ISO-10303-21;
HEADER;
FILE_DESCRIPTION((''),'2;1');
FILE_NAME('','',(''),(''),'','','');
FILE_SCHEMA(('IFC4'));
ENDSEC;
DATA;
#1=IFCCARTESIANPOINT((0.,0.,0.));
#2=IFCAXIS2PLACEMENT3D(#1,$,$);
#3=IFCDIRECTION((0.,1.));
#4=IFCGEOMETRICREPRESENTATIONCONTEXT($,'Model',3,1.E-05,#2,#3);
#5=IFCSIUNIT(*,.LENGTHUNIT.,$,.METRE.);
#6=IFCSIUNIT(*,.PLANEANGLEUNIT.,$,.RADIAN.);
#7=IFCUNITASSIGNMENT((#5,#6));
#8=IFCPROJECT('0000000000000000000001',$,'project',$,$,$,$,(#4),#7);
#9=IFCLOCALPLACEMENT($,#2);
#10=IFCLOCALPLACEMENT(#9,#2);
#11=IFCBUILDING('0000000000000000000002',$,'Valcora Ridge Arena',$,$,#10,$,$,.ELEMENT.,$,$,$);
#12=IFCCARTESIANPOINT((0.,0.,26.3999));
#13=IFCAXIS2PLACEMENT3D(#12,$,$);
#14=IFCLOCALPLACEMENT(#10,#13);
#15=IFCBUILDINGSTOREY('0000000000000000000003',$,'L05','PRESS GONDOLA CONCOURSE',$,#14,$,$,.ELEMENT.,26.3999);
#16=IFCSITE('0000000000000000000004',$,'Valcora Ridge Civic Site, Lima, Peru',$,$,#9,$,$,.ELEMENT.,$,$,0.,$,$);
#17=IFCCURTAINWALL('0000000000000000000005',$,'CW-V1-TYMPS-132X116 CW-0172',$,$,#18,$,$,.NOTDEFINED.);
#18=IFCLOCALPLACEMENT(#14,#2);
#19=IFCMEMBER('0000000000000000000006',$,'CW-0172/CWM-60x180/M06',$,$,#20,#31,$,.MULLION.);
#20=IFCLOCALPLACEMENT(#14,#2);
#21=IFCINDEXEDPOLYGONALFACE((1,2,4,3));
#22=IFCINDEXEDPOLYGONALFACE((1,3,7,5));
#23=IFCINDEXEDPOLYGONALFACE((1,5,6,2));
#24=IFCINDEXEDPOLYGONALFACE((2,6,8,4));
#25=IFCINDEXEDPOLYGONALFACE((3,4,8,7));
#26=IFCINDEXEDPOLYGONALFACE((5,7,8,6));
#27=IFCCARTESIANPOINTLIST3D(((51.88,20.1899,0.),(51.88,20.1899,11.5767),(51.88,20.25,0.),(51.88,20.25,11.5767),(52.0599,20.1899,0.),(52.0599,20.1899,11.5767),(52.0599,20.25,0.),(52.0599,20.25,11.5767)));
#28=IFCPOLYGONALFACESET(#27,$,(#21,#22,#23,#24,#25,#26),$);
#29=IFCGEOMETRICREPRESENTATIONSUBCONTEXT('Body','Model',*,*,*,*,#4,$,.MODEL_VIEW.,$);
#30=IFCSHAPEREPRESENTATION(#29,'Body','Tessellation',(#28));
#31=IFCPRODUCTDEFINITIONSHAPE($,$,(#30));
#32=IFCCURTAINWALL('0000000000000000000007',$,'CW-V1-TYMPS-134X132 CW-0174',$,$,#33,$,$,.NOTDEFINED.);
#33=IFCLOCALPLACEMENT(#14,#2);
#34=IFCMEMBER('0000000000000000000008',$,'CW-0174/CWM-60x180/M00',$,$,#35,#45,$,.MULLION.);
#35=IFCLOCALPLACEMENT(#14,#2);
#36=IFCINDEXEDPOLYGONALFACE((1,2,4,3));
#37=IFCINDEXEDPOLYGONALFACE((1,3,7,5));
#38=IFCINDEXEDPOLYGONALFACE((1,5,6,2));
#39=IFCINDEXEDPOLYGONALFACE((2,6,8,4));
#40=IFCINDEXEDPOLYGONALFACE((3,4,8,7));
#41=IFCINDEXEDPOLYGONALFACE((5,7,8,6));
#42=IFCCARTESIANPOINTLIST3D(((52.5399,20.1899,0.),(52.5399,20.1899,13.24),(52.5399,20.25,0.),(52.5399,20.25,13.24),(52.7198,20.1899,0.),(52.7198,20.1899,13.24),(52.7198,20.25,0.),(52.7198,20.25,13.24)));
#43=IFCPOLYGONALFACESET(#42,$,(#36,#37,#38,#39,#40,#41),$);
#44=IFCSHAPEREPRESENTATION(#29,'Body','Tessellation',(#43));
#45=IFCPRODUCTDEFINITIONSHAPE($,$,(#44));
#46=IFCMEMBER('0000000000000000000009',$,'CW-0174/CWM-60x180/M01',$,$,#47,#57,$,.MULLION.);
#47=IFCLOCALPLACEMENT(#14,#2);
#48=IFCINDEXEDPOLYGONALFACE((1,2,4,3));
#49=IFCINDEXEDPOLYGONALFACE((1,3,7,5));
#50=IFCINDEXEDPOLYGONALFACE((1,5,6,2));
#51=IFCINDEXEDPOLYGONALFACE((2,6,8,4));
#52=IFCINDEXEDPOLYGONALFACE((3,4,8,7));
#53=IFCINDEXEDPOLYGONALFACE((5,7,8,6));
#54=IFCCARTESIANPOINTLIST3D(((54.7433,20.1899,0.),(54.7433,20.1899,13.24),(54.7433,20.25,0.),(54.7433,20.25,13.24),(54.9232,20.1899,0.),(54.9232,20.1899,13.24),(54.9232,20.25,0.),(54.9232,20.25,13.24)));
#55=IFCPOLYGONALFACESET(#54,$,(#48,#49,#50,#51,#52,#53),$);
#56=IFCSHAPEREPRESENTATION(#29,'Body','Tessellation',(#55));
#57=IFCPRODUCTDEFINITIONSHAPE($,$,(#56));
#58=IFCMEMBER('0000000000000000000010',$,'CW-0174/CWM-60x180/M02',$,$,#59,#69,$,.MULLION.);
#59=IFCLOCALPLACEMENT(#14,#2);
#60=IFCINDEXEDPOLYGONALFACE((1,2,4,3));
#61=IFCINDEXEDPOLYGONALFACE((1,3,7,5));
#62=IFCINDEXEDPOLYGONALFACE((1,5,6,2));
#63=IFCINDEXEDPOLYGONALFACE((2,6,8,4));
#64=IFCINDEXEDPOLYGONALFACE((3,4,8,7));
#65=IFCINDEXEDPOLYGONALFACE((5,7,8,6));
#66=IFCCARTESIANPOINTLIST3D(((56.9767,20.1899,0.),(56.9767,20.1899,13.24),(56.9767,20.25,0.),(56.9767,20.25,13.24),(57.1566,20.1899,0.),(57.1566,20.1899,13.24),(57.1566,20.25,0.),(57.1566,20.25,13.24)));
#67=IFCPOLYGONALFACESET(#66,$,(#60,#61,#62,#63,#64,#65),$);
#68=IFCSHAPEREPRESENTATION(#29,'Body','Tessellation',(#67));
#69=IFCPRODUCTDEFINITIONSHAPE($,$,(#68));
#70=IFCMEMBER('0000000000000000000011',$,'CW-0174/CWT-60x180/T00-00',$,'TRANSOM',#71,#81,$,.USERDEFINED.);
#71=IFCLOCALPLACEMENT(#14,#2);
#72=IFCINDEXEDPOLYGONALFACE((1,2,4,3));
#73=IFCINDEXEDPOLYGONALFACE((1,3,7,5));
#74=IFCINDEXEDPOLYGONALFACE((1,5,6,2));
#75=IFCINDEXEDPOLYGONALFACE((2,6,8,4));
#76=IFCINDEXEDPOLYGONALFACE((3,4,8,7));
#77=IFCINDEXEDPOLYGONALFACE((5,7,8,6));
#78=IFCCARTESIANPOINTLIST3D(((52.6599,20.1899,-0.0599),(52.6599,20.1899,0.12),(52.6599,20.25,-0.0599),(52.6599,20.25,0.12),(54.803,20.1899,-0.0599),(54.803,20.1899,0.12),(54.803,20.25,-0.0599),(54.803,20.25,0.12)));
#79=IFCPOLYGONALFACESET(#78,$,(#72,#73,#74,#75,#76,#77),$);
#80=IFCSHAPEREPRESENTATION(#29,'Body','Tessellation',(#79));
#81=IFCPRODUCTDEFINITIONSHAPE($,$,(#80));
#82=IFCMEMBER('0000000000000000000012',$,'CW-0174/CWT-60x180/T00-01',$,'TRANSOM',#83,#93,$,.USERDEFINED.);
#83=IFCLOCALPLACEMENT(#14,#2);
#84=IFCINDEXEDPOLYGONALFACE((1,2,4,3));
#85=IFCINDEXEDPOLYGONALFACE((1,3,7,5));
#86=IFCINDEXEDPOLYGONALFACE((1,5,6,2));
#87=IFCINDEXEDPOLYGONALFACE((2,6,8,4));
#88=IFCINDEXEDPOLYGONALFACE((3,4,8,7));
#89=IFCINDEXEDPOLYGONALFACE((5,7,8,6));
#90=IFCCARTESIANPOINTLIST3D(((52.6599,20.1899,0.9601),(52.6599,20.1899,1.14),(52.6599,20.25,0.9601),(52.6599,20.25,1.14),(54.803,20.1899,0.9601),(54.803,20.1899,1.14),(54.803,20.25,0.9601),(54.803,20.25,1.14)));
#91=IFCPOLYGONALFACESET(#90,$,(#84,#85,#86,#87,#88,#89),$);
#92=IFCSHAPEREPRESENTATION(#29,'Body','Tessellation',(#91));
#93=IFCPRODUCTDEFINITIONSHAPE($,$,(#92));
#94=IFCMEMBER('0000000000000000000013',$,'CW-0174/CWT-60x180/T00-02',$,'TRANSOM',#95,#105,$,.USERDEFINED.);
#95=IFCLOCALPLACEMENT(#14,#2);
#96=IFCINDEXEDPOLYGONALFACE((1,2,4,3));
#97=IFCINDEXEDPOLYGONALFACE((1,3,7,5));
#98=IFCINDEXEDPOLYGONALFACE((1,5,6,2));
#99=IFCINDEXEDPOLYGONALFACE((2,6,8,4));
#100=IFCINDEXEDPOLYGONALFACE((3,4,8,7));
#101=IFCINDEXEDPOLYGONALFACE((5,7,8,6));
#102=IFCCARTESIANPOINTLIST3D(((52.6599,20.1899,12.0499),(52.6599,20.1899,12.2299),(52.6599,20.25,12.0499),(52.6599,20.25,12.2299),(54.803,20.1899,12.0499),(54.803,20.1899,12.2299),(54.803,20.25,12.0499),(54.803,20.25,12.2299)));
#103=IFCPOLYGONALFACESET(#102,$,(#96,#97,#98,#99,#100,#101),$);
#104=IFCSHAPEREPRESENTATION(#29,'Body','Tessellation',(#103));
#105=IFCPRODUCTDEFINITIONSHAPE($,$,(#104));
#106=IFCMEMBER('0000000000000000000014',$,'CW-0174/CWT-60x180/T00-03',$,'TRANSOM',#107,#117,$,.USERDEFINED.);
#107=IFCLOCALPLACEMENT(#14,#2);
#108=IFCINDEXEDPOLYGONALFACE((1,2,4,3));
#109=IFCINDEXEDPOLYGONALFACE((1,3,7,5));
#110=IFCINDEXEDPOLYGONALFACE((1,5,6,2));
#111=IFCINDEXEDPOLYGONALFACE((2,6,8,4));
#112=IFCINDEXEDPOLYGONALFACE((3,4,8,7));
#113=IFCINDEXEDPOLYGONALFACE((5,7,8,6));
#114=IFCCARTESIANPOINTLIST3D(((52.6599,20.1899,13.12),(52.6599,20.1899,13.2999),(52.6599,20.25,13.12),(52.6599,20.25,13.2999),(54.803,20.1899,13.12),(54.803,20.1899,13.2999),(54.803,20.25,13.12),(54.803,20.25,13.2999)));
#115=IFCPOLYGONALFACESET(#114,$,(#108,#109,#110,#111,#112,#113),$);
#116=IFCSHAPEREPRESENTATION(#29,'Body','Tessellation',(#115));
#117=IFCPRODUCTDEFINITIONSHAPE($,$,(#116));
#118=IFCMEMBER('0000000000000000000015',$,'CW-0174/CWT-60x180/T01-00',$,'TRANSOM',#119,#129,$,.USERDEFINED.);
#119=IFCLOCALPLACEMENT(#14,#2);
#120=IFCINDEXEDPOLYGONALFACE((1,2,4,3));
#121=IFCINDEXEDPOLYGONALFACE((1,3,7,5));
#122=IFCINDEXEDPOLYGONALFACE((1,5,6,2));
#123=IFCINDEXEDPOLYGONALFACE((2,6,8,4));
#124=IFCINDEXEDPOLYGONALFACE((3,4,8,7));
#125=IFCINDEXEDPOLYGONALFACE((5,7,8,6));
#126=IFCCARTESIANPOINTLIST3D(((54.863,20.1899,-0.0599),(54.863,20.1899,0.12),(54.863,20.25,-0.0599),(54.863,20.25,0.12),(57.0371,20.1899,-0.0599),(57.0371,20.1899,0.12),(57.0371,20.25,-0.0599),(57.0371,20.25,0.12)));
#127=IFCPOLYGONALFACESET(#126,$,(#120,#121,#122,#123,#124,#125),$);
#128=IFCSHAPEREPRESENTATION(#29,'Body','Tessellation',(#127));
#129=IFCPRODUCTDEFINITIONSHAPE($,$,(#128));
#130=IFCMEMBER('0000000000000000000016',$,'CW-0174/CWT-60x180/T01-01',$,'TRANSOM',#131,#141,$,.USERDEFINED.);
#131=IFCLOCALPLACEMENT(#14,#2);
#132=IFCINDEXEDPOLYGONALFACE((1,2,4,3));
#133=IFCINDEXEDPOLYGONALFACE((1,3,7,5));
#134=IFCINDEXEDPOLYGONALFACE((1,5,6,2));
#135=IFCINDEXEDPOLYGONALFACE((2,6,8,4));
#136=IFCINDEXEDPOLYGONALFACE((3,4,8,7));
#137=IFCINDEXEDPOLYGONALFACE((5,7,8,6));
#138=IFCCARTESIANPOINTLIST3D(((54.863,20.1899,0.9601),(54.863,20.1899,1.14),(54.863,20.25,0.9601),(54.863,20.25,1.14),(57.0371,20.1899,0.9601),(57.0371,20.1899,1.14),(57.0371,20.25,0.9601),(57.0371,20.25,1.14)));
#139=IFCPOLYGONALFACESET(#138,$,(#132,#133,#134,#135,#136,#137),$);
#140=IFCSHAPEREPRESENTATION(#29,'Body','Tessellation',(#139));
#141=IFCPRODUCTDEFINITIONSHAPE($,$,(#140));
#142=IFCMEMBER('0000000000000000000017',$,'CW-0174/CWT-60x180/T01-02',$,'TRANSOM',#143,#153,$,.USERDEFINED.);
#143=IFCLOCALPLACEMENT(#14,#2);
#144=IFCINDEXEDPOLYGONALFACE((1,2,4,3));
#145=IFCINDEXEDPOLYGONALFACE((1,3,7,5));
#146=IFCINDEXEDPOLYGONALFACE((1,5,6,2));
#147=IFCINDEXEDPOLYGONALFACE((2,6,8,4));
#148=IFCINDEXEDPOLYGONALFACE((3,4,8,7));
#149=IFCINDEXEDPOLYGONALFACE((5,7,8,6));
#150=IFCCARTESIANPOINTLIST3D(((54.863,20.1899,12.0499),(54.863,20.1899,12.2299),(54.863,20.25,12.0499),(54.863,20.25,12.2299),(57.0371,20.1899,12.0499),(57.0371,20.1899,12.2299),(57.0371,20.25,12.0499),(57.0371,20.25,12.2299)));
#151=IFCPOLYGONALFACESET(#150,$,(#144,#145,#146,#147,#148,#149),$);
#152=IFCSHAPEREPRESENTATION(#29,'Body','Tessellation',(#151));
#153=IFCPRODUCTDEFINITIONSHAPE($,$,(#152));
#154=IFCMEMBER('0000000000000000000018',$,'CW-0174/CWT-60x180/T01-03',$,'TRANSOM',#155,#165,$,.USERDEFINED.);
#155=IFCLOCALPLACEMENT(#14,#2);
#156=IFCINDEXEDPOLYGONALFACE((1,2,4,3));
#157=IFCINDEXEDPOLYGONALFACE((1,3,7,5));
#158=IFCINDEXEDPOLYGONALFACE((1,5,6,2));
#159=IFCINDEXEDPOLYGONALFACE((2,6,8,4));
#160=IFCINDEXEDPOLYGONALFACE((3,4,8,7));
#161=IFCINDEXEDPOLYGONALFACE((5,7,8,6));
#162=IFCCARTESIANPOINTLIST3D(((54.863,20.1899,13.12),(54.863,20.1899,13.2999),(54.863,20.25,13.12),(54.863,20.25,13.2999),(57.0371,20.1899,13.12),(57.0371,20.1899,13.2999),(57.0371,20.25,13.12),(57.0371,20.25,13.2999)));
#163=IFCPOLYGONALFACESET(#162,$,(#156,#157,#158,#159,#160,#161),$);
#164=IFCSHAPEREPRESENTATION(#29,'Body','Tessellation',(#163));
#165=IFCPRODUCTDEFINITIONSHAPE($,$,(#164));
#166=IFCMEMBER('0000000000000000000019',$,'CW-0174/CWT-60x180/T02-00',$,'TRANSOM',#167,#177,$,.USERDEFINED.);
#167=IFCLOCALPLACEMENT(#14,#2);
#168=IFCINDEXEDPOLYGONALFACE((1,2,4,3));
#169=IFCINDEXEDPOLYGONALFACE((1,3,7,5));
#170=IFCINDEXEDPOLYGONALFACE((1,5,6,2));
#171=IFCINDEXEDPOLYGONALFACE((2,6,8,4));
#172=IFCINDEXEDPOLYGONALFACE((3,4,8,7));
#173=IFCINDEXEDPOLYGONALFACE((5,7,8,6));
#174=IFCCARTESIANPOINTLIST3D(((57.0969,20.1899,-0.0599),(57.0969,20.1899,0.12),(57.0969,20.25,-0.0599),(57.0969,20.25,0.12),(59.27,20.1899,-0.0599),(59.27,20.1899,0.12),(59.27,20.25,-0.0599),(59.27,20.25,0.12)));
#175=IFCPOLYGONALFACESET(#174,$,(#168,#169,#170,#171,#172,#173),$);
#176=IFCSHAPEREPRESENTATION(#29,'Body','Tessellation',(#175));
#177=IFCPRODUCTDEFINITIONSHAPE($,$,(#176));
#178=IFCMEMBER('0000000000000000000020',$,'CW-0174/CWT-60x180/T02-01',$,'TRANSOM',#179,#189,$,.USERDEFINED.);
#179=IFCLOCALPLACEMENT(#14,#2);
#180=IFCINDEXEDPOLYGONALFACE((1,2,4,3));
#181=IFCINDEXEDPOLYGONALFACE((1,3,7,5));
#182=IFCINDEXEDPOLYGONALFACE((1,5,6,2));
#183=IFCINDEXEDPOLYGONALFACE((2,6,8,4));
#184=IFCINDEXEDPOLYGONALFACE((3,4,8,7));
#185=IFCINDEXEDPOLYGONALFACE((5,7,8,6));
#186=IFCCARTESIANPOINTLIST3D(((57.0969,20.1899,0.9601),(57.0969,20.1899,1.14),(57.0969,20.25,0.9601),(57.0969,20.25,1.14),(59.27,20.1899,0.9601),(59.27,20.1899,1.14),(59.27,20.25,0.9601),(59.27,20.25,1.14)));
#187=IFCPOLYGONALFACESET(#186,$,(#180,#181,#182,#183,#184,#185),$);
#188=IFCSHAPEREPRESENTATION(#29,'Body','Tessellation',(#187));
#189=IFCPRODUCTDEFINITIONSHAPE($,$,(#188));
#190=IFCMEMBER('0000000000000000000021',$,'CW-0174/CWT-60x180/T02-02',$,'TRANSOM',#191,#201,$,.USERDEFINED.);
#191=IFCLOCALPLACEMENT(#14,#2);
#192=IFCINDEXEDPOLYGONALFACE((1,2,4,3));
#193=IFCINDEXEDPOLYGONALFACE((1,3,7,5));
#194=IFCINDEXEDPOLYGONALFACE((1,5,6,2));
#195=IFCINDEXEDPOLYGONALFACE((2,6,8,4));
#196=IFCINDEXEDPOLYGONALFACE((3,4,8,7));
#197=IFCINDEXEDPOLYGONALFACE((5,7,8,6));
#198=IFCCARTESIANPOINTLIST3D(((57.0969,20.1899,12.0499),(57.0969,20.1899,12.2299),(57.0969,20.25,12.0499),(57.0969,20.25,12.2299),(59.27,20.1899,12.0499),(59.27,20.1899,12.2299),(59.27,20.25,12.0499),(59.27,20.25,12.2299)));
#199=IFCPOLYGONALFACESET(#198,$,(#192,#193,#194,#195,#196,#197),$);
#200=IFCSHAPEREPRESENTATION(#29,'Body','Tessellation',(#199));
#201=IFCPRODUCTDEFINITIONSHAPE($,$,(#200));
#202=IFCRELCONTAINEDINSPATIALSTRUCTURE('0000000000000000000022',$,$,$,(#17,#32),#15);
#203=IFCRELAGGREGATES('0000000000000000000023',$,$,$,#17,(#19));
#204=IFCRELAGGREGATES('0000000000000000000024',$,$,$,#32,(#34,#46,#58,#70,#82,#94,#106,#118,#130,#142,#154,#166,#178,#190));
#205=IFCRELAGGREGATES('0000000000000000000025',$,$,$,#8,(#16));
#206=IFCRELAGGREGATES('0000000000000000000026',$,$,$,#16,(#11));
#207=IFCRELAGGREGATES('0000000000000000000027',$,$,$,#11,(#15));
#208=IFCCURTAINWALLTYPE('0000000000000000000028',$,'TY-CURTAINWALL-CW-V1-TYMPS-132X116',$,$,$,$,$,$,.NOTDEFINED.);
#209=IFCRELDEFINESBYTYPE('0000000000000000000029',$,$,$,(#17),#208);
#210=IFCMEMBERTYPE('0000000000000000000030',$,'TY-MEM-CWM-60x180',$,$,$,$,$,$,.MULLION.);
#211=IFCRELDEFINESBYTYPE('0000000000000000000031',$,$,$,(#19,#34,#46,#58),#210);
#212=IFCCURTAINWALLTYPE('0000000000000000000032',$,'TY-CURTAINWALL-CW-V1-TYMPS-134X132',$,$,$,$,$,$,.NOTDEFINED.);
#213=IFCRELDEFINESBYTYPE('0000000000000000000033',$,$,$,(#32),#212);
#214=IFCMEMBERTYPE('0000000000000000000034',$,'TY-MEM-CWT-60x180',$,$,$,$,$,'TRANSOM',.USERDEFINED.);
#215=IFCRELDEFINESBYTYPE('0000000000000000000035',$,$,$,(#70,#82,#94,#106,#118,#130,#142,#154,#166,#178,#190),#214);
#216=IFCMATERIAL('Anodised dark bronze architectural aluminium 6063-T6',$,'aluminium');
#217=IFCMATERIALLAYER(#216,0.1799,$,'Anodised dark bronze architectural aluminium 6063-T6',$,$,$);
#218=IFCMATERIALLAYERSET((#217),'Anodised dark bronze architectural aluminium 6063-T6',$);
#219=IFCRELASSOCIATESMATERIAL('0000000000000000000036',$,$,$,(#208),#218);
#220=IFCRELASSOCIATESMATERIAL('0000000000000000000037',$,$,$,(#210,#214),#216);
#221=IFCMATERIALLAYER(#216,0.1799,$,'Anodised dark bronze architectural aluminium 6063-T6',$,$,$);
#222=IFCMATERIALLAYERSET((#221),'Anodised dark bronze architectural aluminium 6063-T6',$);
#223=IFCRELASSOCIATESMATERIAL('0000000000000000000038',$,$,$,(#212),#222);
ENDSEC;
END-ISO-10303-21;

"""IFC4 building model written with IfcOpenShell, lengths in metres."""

from ifc_helpers import new_model, si_unit, direction, frame, origin, origin_2d, place, context, subcontext, project, spatial, rectangle, extrude, material, layer, layer_set, material_profile, profile_set, type_object, element, aggregate, save


model = new_model("IFC4")

# Units and contexts
model_context = context("Model", 3, precision=1e-05, world=origin(), true_north=direction((0.0, 1.0)))
body_context = subcontext(model_context, "Body", "Model", "MODEL_VIEW")
ifc_project = project(units=[si_unit("LENGTHUNIT", "METRE"), si_unit("PLANEANGLEUNIT", "RADIAN")], contexts=[model_context])

# Site, building, storey
site_placement = place(None, origin())
site = spatial("IfcSite", under=ifc_project, at=site_placement, Name="Valcora Ridge Civic Site, Lima, Peru", CompositionType="ELEMENT", RefElevation=0.0)
building_placement = place(site_placement, origin())
building = spatial("IfcBuilding", under=site, at=building_placement, Name="Valcora Ridge Arena", CompositionType="ELEMENT")
storey_placement = place(building_placement, frame((0.0, 0.0, 26.3999)))
storey = spatial("IfcBuildingStorey", under=building, at=storey_placement, Name="L05", Description="PRESS GONDOLA CONCOURSE", CompositionType="ELEMENT", Elevation=26.3999)

# Curtain wall, member
ifc_material_1 = material(Name="Anodised dark bronze architectural aluminium 6063-T6", Category="aluminium")
ifc_layer_1 = layer(ifc_material_1, 0.1799, Name="Anodised dark bronze architectural aluminium 6063-T6")
ifc_layer_set_1 = layer_set([ifc_layer_1], Name="Anodised dark bronze architectural aluminium 6063-T6")
curtain_wall_type_1 = type_object("IfcCurtainWallType", Name="TY-CURTAINWALL-CW-V1-TYMPS-132X116", PredefinedType="NOTDEFINED", material=ifc_layer_set_1)
curtain_wall_1_placement = place(storey_placement, origin())
curtain_wall_1 = element("IfcCurtainWall", 1, at=curtain_wall_1_placement, inside=storey, type_object=curtain_wall_type_1, Name="CW-V1-TYMPS-132X116 CW-0172", PredefinedType="NOTDEFINED")
ifc_material_profile_1 = material_profile(ifc_material_1, rectangle(XDim=0.0601, YDim=0.1799, at=origin_2d()), Name="ALU MULLION 60x180")
ifc_profile_set_1 = profile_set([ifc_material_profile_1], Name="Anodised dark bronze architectural aluminium 6063-T6")
member_type_1 = type_object("IfcMemberType", Name="TY-MEM-CWM-60x180", PredefinedType="MULLION", material=ifc_profile_set_1)
member_1_placement = place(storey_placement, frame((51.97, 20.22, 0.0), z_axis=(0.0, 0.0, 1.0), x_axis=(0.0, 1.0, 0.0)))
member_1 = element("IfcMember", 2, at=member_1_placement, type_object=member_type_1, Name="CW-0172/CWM-60x180/M06", PredefinedType="MULLION", context=body_context, shape_type="SweptSolid", body=[
    extrude(rectangle(XDim=0.0601, YDim=0.1799, at=origin_2d()), origin(), (0.0, 0.0, 1.0), 11.5767),
])

# Curtain wall, members
ifc_layer_2 = layer(ifc_material_1, 0.1799, Name="Anodised dark bronze architectural aluminium 6063-T6")
ifc_layer_set_2 = layer_set([ifc_layer_2], Name="Anodised dark bronze architectural aluminium 6063-T6")
curtain_wall_type_2 = type_object("IfcCurtainWallType", Name="TY-CURTAINWALL-CW-V1-TYMPS-134X132", PredefinedType="NOTDEFINED", material=ifc_layer_set_2)
curtain_wall_2_placement = place(storey_placement, origin())
curtain_wall_2 = element("IfcCurtainWall", 3, at=curtain_wall_2_placement, inside=storey, type_object=curtain_wall_type_2, Name="CW-V1-TYMPS-134X132 CW-0174", PredefinedType="NOTDEFINED")
member_2_placement = place(storey_placement, frame((52.6299, 20.22, 0.0), z_axis=(0.0, 0.0, 1.0), x_axis=(0.0, 1.0, 0.0)))
member_2 = element("IfcMember", 4, at=member_2_placement, type_object=member_type_1, Name="CW-0174/CWM-60x180/M00", PredefinedType="MULLION", context=body_context, shape_type="SweptSolid", body=[
    extrude(rectangle(XDim=0.0601, YDim=0.1799, at=origin_2d()), origin(), (0.0, 0.0, 1.0), 13.24),
])
member_3_placement = place(storey_placement, frame((54.8333, 20.22, 0.0), z_axis=(0.0, 0.0, 1.0), x_axis=(0.0, 1.0, 0.0)))
member_3 = element("IfcMember", 5, at=member_3_placement, type_object=member_type_1, Name="CW-0174/CWM-60x180/M01", PredefinedType="MULLION", context=body_context, shape_type="SweptSolid", body=[
    extrude(rectangle(XDim=0.0601, YDim=0.1799, at=origin_2d()), origin(), (0.0, 0.0, 1.0), 13.24),
])
member_4_placement = place(storey_placement, frame((57.0667, 20.22, 0.0), z_axis=(0.0, 0.0, 1.0), x_axis=(0.0, 1.0, 0.0)))
member_4 = element("IfcMember", 6, at=member_4_placement, type_object=member_type_1, Name="CW-0174/CWM-60x180/M02", PredefinedType="MULLION", context=body_context, shape_type="SweptSolid", body=[
    extrude(rectangle(XDim=0.0601, YDim=0.1799, at=origin_2d()), origin(), (0.0, 0.0, 1.0), 13.24),
])
ifc_material_profile_2 = material_profile(ifc_material_1, rectangle(XDim=0.0601, YDim=0.1799, at=origin_2d()), Name="ALU TRANSOM 60x180")
ifc_profile_set_2 = profile_set([ifc_material_profile_2], Name="Anodised dark bronze architectural aluminium 6063-T6")
member_type_2 = type_object("IfcMemberType", Name="TY-MEM-CWT-60x180", ElementType="TRANSOM", PredefinedType="USERDEFINED", material=ifc_profile_set_2)
member_5_placement = place(storey_placement, frame((52.6599, 20.22, 0.03), z_axis=(1.0, 0.0, 0.0), x_axis=(0.0, 1.0, 0.0)))
member_5 = element("IfcMember", 7, at=member_5_placement, type_object=member_type_2, Name="CW-0174/CWT-60x180/T00-00", ObjectType="TRANSOM", PredefinedType="USERDEFINED", context=body_context, shape_type="SweptSolid", body=[
    extrude(rectangle(XDim=0.0601, YDim=0.1799, at=origin_2d()), origin(), (0.0, 0.0, 1.0), 2.1431),
])
member_6_placement = place(storey_placement, frame((52.6599, 20.22, 1.05), z_axis=(1.0, 0.0, 0.0), x_axis=(0.0, 1.0, 0.0)))
member_6 = element("IfcMember", 8, at=member_6_placement, type_object=member_type_2, Name="CW-0174/CWT-60x180/T00-01", ObjectType="TRANSOM", PredefinedType="USERDEFINED", context=body_context, shape_type="SweptSolid", body=[
    extrude(rectangle(XDim=0.0601, YDim=0.1799, at=origin_2d()), origin(), (0.0, 0.0, 1.0), 2.1431),
])
member_7_placement = place(storey_placement, frame((52.6599, 20.22, 12.1399), z_axis=(1.0, 0.0, 0.0), x_axis=(0.0, 1.0, 0.0)))
member_7 = element("IfcMember", 9, at=member_7_placement, type_object=member_type_2, Name="CW-0174/CWT-60x180/T00-02", ObjectType="TRANSOM", PredefinedType="USERDEFINED", context=body_context, shape_type="SweptSolid", body=[
    extrude(rectangle(XDim=0.0601, YDim=0.1799, at=origin_2d()), origin(), (0.0, 0.0, 1.0), 2.1431),
])
member_8_placement = place(storey_placement, frame((52.6599, 20.22, 13.21), z_axis=(1.0, 0.0, 0.0), x_axis=(0.0, 1.0, 0.0)))
member_8 = element("IfcMember", 10, at=member_8_placement, type_object=member_type_2, Name="CW-0174/CWT-60x180/T00-03", ObjectType="TRANSOM", PredefinedType="USERDEFINED", context=body_context, shape_type="SweptSolid", body=[
    extrude(rectangle(XDim=0.0601, YDim=0.1799, at=origin_2d()), origin(), (0.0, 0.0, 1.0), 2.1431),
])
member_9_placement = place(storey_placement, frame((54.863, 20.22, 0.03), z_axis=(1.0, 0.0, 0.0), x_axis=(0.0, 1.0, 0.0)))
member_9 = element("IfcMember", 11, at=member_9_placement, type_object=member_type_2, Name="CW-0174/CWT-60x180/T01-00", ObjectType="TRANSOM", PredefinedType="USERDEFINED", context=body_context, shape_type="SweptSolid", body=[
    extrude(rectangle(XDim=0.0601, YDim=0.1799, at=origin_2d()), origin(), (0.0, 0.0, 1.0), 2.1741),
])
member_10_placement = place(storey_placement, frame((54.863, 20.22, 1.05), z_axis=(1.0, 0.0, 0.0), x_axis=(0.0, 1.0, 0.0)))
member_10 = element("IfcMember", 12, at=member_10_placement, type_object=member_type_2, Name="CW-0174/CWT-60x180/T01-01", ObjectType="TRANSOM", PredefinedType="USERDEFINED", context=body_context, shape_type="SweptSolid", body=[
    extrude(rectangle(XDim=0.0601, YDim=0.1799, at=origin_2d()), origin(), (0.0, 0.0, 1.0), 2.1741),
])
member_11_placement = place(storey_placement, frame((54.863, 20.22, 12.1399), z_axis=(1.0, 0.0, 0.0), x_axis=(0.0, 1.0, 0.0)))
member_11 = element("IfcMember", 13, at=member_11_placement, type_object=member_type_2, Name="CW-0174/CWT-60x180/T01-02", ObjectType="TRANSOM", PredefinedType="USERDEFINED", context=body_context, shape_type="SweptSolid", body=[
    extrude(rectangle(XDim=0.0601, YDim=0.1799, at=origin_2d()), origin(), (0.0, 0.0, 1.0), 2.1741),
])
member_12_placement = place(storey_placement, frame((54.863, 20.22, 13.21), z_axis=(1.0, 0.0, 0.0), x_axis=(0.0, 1.0, 0.0)))
member_12 = element("IfcMember", 14, at=member_12_placement, type_object=member_type_2, Name="CW-0174/CWT-60x180/T01-03", ObjectType="TRANSOM", PredefinedType="USERDEFINED", context=body_context, shape_type="SweptSolid", body=[
    extrude(rectangle(XDim=0.0601, YDim=0.1799, at=origin_2d()), origin(), (0.0, 0.0, 1.0), 2.1741),
])
member_13_placement = place(storey_placement, frame((57.0969, 20.22, 0.03), z_axis=(1.0, 0.0, 0.0), x_axis=(0.0, 1.0, 0.0)))
member_13 = element("IfcMember", 15, at=member_13_placement, type_object=member_type_2, Name="CW-0174/CWT-60x180/T02-00", ObjectType="TRANSOM", PredefinedType="USERDEFINED", context=body_context, shape_type="SweptSolid", body=[
    extrude(rectangle(XDim=0.0601, YDim=0.1799, at=origin_2d()), origin(), (0.0, 0.0, 1.0), 2.1731),
])
member_14_placement = place(storey_placement, frame((57.0969, 20.22, 1.05), z_axis=(1.0, 0.0, 0.0), x_axis=(0.0, 1.0, 0.0)))
member_14 = element("IfcMember", 16, at=member_14_placement, type_object=member_type_2, Name="CW-0174/CWT-60x180/T02-01", ObjectType="TRANSOM", PredefinedType="USERDEFINED", context=body_context, shape_type="SweptSolid", body=[
    extrude(rectangle(XDim=0.0601, YDim=0.1799, at=origin_2d()), origin(), (0.0, 0.0, 1.0), 2.1731),
])
member_15_placement = place(storey_placement, frame((57.0969, 20.22, 12.1399), z_axis=(1.0, 0.0, 0.0), x_axis=(0.0, 1.0, 0.0)))
member_15 = element("IfcMember", 17, at=member_15_placement, type_object=member_type_2, Name="CW-0174/CWT-60x180/T02-02", ObjectType="TRANSOM", PredefinedType="USERDEFINED", context=body_context, shape_type="SweptSolid", body=[
    extrude(rectangle(XDim=0.0601, YDim=0.1799, at=origin_2d()), origin(), (0.0, 0.0, 1.0), 2.1731),
])

aggregate(curtain_wall_1, [member_1])
aggregate(curtain_wall_2, [member_2, member_3, member_4, member_5, member_6, member_7, member_8, member_9, member_10, member_11, member_12, member_13, member_14, member_15])

save(model, "model.ifc")
